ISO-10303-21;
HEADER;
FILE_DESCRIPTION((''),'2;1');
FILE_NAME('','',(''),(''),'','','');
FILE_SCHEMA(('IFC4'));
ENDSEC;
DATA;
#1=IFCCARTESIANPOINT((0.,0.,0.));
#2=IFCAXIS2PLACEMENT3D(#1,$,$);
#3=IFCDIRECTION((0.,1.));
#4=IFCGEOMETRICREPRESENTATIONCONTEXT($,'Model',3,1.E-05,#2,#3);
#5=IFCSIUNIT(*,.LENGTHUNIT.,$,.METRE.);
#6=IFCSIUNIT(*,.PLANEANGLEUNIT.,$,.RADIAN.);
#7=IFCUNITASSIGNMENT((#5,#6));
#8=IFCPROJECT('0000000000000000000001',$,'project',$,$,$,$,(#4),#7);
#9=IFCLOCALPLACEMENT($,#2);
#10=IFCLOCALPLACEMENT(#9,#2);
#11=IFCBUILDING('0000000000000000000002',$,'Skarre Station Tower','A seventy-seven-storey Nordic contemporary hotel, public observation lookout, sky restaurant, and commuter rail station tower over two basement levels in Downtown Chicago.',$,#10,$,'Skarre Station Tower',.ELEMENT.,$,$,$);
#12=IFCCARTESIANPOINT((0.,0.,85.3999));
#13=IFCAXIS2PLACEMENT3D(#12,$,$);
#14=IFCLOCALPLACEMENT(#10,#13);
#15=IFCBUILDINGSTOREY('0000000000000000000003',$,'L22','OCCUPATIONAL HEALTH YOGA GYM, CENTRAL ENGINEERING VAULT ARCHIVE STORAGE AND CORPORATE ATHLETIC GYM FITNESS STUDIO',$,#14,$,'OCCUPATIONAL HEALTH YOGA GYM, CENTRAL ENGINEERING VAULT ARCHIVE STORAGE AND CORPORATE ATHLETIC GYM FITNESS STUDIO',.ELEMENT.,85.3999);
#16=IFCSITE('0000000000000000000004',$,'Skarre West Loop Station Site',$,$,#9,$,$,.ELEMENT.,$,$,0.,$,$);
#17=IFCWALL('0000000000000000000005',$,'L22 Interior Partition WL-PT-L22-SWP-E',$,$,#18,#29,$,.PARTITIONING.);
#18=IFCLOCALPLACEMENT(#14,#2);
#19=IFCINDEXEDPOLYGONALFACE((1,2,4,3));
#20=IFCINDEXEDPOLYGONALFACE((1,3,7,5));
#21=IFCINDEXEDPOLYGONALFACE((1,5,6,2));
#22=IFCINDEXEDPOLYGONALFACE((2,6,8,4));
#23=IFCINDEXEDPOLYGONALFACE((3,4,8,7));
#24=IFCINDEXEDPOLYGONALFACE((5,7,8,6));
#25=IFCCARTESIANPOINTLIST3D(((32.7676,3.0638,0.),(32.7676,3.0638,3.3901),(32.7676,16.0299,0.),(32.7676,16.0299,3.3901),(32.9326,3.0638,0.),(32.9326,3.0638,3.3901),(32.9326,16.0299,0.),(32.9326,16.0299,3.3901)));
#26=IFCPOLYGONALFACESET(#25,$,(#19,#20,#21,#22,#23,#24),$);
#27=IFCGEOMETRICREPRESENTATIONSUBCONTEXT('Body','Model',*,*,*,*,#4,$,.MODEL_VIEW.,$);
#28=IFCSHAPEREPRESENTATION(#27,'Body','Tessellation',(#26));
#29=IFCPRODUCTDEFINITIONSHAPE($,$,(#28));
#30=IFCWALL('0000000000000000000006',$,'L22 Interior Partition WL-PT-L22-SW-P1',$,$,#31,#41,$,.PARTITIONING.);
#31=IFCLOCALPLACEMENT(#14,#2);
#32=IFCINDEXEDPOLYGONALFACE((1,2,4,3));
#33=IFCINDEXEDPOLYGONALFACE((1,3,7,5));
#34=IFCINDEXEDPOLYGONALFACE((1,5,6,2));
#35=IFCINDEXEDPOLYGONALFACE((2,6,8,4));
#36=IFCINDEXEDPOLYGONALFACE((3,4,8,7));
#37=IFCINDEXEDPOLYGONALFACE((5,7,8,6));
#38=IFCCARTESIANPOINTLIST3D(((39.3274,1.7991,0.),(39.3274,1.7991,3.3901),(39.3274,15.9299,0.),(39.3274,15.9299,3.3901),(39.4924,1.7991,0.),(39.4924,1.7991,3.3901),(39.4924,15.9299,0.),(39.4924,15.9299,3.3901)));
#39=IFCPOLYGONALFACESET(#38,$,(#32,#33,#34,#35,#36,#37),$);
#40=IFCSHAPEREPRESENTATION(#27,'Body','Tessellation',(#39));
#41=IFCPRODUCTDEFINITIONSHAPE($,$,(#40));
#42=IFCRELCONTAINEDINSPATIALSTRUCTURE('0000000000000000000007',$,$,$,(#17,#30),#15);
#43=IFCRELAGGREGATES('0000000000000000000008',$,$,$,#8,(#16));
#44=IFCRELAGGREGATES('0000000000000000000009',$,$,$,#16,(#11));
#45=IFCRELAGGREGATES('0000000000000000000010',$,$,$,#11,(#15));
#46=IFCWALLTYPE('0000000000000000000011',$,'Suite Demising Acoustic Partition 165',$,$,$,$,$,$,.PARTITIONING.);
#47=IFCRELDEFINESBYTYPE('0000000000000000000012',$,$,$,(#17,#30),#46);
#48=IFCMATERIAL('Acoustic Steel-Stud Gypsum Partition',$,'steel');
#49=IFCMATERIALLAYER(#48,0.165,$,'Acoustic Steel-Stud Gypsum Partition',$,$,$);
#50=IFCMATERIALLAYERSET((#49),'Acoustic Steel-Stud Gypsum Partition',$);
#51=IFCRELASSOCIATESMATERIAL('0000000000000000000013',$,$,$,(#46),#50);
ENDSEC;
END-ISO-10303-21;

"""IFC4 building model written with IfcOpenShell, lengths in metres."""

from ifc_helpers import new_model, si_unit, direction, frame, frame_2d, origin, place, context, subcontext, project, spatial, rectangle, extrude, material, layer, layer_set, type_object, element, save


model = new_model("IFC4")

# Units and contexts
model_context = context("Model", 3, precision=1e-05, world=origin(), true_north=direction((0.0, 1.0)))
body_context = subcontext(model_context, "Body", "Model", "MODEL_VIEW")
ifc_project = project(units=[si_unit("LENGTHUNIT", "METRE"), si_unit("PLANEANGLEUNIT", "RADIAN")], contexts=[model_context])

# Site, building, storey
site_placement = place(None, origin())
site = spatial("IfcSite", under=ifc_project, at=site_placement, Name="Skarre West Loop Station Site", CompositionType="ELEMENT", RefElevation=0.0)
building_placement = place(site_placement, origin())
building = spatial("IfcBuilding", under=site, at=building_placement, Name="Skarre Station Tower", Description="A seventy-seven-storey Nordic contemporary hotel, public observation lookout, sky restaurant, and commuter rail station tower over two basement levels in Downtown Chicago.", LongName="Skarre Station Tower", CompositionType="ELEMENT")
storey_placement = place(building_placement, frame((0.0, 0.0, 85.3999)))
storey = spatial("IfcBuildingStorey", under=building, at=storey_placement, Name="L22", Description="OCCUPATIONAL HEALTH YOGA GYM, CENTRAL ENGINEERING VAULT ARCHIVE STORAGE AND CORPORATE ATHLETIC GYM FITNESS STUDIO", LongName="OCCUPATIONAL HEALTH YOGA GYM, CENTRAL ENGINEERING VAULT ARCHIVE STORAGE AND CORPORATE ATHLETIC GYM FITNESS STUDIO", CompositionType="ELEMENT", Elevation=85.3999)

# Walls
ifc_material_1 = material(Name="Acoustic Steel-Stud Gypsum Partition", Category="steel")
ifc_layer_1 = layer(ifc_material_1, 0.165, Name="Acoustic Steel-Stud Gypsum Partition")
ifc_layer_set_1 = layer_set([ifc_layer_1], Name="Acoustic Steel-Stud Gypsum Partition")
wall_type_1 = type_object("IfcWallType", Name="Suite Demising Acoustic Partition 165", PredefinedType="PARTITIONING", material=ifc_layer_set_1)
wall_1_placement = place(storey_placement, frame((32.8501, 3.064, 0.0), z_axis=(0.0, 0.0, 1.0), x_axis=(0.0, 1.0, 0.0)))
element("IfcWall", 1, at=wall_1_placement, inside=storey, type_object=wall_type_1, Name="L22 Interior Partition WL-PT-L22-SWP-E", PredefinedType="PARTITIONING", context=body_context, shape_type="SweptSolid", body=[
    extrude(rectangle(XDim=12.9661, YDim=0.165, at=frame_2d((6.4829, 0.0))), origin(), (0.0, 0.0, 1.0), 3.3901),
])
wall_2_placement = place(storey_placement, frame((39.4099, 1.7991, 0.0), z_axis=(0.0, 0.0, 1.0), x_axis=(0.0, 1.0, 0.0)))
element("IfcWall", 2, at=wall_2_placement, inside=storey, type_object=wall_type_1, Name="L22 Interior Partition WL-PT-L22-SW-P1", PredefinedType="PARTITIONING", context=body_context, shape_type="SweptSolid", body=[
    extrude(rectangle(XDim=14.1309, YDim=0.165, at=frame_2d((7.0654, 0.0))), origin(), (0.0, 0.0, 1.0), 3.3901),
])

save(model, "model.ifc")
